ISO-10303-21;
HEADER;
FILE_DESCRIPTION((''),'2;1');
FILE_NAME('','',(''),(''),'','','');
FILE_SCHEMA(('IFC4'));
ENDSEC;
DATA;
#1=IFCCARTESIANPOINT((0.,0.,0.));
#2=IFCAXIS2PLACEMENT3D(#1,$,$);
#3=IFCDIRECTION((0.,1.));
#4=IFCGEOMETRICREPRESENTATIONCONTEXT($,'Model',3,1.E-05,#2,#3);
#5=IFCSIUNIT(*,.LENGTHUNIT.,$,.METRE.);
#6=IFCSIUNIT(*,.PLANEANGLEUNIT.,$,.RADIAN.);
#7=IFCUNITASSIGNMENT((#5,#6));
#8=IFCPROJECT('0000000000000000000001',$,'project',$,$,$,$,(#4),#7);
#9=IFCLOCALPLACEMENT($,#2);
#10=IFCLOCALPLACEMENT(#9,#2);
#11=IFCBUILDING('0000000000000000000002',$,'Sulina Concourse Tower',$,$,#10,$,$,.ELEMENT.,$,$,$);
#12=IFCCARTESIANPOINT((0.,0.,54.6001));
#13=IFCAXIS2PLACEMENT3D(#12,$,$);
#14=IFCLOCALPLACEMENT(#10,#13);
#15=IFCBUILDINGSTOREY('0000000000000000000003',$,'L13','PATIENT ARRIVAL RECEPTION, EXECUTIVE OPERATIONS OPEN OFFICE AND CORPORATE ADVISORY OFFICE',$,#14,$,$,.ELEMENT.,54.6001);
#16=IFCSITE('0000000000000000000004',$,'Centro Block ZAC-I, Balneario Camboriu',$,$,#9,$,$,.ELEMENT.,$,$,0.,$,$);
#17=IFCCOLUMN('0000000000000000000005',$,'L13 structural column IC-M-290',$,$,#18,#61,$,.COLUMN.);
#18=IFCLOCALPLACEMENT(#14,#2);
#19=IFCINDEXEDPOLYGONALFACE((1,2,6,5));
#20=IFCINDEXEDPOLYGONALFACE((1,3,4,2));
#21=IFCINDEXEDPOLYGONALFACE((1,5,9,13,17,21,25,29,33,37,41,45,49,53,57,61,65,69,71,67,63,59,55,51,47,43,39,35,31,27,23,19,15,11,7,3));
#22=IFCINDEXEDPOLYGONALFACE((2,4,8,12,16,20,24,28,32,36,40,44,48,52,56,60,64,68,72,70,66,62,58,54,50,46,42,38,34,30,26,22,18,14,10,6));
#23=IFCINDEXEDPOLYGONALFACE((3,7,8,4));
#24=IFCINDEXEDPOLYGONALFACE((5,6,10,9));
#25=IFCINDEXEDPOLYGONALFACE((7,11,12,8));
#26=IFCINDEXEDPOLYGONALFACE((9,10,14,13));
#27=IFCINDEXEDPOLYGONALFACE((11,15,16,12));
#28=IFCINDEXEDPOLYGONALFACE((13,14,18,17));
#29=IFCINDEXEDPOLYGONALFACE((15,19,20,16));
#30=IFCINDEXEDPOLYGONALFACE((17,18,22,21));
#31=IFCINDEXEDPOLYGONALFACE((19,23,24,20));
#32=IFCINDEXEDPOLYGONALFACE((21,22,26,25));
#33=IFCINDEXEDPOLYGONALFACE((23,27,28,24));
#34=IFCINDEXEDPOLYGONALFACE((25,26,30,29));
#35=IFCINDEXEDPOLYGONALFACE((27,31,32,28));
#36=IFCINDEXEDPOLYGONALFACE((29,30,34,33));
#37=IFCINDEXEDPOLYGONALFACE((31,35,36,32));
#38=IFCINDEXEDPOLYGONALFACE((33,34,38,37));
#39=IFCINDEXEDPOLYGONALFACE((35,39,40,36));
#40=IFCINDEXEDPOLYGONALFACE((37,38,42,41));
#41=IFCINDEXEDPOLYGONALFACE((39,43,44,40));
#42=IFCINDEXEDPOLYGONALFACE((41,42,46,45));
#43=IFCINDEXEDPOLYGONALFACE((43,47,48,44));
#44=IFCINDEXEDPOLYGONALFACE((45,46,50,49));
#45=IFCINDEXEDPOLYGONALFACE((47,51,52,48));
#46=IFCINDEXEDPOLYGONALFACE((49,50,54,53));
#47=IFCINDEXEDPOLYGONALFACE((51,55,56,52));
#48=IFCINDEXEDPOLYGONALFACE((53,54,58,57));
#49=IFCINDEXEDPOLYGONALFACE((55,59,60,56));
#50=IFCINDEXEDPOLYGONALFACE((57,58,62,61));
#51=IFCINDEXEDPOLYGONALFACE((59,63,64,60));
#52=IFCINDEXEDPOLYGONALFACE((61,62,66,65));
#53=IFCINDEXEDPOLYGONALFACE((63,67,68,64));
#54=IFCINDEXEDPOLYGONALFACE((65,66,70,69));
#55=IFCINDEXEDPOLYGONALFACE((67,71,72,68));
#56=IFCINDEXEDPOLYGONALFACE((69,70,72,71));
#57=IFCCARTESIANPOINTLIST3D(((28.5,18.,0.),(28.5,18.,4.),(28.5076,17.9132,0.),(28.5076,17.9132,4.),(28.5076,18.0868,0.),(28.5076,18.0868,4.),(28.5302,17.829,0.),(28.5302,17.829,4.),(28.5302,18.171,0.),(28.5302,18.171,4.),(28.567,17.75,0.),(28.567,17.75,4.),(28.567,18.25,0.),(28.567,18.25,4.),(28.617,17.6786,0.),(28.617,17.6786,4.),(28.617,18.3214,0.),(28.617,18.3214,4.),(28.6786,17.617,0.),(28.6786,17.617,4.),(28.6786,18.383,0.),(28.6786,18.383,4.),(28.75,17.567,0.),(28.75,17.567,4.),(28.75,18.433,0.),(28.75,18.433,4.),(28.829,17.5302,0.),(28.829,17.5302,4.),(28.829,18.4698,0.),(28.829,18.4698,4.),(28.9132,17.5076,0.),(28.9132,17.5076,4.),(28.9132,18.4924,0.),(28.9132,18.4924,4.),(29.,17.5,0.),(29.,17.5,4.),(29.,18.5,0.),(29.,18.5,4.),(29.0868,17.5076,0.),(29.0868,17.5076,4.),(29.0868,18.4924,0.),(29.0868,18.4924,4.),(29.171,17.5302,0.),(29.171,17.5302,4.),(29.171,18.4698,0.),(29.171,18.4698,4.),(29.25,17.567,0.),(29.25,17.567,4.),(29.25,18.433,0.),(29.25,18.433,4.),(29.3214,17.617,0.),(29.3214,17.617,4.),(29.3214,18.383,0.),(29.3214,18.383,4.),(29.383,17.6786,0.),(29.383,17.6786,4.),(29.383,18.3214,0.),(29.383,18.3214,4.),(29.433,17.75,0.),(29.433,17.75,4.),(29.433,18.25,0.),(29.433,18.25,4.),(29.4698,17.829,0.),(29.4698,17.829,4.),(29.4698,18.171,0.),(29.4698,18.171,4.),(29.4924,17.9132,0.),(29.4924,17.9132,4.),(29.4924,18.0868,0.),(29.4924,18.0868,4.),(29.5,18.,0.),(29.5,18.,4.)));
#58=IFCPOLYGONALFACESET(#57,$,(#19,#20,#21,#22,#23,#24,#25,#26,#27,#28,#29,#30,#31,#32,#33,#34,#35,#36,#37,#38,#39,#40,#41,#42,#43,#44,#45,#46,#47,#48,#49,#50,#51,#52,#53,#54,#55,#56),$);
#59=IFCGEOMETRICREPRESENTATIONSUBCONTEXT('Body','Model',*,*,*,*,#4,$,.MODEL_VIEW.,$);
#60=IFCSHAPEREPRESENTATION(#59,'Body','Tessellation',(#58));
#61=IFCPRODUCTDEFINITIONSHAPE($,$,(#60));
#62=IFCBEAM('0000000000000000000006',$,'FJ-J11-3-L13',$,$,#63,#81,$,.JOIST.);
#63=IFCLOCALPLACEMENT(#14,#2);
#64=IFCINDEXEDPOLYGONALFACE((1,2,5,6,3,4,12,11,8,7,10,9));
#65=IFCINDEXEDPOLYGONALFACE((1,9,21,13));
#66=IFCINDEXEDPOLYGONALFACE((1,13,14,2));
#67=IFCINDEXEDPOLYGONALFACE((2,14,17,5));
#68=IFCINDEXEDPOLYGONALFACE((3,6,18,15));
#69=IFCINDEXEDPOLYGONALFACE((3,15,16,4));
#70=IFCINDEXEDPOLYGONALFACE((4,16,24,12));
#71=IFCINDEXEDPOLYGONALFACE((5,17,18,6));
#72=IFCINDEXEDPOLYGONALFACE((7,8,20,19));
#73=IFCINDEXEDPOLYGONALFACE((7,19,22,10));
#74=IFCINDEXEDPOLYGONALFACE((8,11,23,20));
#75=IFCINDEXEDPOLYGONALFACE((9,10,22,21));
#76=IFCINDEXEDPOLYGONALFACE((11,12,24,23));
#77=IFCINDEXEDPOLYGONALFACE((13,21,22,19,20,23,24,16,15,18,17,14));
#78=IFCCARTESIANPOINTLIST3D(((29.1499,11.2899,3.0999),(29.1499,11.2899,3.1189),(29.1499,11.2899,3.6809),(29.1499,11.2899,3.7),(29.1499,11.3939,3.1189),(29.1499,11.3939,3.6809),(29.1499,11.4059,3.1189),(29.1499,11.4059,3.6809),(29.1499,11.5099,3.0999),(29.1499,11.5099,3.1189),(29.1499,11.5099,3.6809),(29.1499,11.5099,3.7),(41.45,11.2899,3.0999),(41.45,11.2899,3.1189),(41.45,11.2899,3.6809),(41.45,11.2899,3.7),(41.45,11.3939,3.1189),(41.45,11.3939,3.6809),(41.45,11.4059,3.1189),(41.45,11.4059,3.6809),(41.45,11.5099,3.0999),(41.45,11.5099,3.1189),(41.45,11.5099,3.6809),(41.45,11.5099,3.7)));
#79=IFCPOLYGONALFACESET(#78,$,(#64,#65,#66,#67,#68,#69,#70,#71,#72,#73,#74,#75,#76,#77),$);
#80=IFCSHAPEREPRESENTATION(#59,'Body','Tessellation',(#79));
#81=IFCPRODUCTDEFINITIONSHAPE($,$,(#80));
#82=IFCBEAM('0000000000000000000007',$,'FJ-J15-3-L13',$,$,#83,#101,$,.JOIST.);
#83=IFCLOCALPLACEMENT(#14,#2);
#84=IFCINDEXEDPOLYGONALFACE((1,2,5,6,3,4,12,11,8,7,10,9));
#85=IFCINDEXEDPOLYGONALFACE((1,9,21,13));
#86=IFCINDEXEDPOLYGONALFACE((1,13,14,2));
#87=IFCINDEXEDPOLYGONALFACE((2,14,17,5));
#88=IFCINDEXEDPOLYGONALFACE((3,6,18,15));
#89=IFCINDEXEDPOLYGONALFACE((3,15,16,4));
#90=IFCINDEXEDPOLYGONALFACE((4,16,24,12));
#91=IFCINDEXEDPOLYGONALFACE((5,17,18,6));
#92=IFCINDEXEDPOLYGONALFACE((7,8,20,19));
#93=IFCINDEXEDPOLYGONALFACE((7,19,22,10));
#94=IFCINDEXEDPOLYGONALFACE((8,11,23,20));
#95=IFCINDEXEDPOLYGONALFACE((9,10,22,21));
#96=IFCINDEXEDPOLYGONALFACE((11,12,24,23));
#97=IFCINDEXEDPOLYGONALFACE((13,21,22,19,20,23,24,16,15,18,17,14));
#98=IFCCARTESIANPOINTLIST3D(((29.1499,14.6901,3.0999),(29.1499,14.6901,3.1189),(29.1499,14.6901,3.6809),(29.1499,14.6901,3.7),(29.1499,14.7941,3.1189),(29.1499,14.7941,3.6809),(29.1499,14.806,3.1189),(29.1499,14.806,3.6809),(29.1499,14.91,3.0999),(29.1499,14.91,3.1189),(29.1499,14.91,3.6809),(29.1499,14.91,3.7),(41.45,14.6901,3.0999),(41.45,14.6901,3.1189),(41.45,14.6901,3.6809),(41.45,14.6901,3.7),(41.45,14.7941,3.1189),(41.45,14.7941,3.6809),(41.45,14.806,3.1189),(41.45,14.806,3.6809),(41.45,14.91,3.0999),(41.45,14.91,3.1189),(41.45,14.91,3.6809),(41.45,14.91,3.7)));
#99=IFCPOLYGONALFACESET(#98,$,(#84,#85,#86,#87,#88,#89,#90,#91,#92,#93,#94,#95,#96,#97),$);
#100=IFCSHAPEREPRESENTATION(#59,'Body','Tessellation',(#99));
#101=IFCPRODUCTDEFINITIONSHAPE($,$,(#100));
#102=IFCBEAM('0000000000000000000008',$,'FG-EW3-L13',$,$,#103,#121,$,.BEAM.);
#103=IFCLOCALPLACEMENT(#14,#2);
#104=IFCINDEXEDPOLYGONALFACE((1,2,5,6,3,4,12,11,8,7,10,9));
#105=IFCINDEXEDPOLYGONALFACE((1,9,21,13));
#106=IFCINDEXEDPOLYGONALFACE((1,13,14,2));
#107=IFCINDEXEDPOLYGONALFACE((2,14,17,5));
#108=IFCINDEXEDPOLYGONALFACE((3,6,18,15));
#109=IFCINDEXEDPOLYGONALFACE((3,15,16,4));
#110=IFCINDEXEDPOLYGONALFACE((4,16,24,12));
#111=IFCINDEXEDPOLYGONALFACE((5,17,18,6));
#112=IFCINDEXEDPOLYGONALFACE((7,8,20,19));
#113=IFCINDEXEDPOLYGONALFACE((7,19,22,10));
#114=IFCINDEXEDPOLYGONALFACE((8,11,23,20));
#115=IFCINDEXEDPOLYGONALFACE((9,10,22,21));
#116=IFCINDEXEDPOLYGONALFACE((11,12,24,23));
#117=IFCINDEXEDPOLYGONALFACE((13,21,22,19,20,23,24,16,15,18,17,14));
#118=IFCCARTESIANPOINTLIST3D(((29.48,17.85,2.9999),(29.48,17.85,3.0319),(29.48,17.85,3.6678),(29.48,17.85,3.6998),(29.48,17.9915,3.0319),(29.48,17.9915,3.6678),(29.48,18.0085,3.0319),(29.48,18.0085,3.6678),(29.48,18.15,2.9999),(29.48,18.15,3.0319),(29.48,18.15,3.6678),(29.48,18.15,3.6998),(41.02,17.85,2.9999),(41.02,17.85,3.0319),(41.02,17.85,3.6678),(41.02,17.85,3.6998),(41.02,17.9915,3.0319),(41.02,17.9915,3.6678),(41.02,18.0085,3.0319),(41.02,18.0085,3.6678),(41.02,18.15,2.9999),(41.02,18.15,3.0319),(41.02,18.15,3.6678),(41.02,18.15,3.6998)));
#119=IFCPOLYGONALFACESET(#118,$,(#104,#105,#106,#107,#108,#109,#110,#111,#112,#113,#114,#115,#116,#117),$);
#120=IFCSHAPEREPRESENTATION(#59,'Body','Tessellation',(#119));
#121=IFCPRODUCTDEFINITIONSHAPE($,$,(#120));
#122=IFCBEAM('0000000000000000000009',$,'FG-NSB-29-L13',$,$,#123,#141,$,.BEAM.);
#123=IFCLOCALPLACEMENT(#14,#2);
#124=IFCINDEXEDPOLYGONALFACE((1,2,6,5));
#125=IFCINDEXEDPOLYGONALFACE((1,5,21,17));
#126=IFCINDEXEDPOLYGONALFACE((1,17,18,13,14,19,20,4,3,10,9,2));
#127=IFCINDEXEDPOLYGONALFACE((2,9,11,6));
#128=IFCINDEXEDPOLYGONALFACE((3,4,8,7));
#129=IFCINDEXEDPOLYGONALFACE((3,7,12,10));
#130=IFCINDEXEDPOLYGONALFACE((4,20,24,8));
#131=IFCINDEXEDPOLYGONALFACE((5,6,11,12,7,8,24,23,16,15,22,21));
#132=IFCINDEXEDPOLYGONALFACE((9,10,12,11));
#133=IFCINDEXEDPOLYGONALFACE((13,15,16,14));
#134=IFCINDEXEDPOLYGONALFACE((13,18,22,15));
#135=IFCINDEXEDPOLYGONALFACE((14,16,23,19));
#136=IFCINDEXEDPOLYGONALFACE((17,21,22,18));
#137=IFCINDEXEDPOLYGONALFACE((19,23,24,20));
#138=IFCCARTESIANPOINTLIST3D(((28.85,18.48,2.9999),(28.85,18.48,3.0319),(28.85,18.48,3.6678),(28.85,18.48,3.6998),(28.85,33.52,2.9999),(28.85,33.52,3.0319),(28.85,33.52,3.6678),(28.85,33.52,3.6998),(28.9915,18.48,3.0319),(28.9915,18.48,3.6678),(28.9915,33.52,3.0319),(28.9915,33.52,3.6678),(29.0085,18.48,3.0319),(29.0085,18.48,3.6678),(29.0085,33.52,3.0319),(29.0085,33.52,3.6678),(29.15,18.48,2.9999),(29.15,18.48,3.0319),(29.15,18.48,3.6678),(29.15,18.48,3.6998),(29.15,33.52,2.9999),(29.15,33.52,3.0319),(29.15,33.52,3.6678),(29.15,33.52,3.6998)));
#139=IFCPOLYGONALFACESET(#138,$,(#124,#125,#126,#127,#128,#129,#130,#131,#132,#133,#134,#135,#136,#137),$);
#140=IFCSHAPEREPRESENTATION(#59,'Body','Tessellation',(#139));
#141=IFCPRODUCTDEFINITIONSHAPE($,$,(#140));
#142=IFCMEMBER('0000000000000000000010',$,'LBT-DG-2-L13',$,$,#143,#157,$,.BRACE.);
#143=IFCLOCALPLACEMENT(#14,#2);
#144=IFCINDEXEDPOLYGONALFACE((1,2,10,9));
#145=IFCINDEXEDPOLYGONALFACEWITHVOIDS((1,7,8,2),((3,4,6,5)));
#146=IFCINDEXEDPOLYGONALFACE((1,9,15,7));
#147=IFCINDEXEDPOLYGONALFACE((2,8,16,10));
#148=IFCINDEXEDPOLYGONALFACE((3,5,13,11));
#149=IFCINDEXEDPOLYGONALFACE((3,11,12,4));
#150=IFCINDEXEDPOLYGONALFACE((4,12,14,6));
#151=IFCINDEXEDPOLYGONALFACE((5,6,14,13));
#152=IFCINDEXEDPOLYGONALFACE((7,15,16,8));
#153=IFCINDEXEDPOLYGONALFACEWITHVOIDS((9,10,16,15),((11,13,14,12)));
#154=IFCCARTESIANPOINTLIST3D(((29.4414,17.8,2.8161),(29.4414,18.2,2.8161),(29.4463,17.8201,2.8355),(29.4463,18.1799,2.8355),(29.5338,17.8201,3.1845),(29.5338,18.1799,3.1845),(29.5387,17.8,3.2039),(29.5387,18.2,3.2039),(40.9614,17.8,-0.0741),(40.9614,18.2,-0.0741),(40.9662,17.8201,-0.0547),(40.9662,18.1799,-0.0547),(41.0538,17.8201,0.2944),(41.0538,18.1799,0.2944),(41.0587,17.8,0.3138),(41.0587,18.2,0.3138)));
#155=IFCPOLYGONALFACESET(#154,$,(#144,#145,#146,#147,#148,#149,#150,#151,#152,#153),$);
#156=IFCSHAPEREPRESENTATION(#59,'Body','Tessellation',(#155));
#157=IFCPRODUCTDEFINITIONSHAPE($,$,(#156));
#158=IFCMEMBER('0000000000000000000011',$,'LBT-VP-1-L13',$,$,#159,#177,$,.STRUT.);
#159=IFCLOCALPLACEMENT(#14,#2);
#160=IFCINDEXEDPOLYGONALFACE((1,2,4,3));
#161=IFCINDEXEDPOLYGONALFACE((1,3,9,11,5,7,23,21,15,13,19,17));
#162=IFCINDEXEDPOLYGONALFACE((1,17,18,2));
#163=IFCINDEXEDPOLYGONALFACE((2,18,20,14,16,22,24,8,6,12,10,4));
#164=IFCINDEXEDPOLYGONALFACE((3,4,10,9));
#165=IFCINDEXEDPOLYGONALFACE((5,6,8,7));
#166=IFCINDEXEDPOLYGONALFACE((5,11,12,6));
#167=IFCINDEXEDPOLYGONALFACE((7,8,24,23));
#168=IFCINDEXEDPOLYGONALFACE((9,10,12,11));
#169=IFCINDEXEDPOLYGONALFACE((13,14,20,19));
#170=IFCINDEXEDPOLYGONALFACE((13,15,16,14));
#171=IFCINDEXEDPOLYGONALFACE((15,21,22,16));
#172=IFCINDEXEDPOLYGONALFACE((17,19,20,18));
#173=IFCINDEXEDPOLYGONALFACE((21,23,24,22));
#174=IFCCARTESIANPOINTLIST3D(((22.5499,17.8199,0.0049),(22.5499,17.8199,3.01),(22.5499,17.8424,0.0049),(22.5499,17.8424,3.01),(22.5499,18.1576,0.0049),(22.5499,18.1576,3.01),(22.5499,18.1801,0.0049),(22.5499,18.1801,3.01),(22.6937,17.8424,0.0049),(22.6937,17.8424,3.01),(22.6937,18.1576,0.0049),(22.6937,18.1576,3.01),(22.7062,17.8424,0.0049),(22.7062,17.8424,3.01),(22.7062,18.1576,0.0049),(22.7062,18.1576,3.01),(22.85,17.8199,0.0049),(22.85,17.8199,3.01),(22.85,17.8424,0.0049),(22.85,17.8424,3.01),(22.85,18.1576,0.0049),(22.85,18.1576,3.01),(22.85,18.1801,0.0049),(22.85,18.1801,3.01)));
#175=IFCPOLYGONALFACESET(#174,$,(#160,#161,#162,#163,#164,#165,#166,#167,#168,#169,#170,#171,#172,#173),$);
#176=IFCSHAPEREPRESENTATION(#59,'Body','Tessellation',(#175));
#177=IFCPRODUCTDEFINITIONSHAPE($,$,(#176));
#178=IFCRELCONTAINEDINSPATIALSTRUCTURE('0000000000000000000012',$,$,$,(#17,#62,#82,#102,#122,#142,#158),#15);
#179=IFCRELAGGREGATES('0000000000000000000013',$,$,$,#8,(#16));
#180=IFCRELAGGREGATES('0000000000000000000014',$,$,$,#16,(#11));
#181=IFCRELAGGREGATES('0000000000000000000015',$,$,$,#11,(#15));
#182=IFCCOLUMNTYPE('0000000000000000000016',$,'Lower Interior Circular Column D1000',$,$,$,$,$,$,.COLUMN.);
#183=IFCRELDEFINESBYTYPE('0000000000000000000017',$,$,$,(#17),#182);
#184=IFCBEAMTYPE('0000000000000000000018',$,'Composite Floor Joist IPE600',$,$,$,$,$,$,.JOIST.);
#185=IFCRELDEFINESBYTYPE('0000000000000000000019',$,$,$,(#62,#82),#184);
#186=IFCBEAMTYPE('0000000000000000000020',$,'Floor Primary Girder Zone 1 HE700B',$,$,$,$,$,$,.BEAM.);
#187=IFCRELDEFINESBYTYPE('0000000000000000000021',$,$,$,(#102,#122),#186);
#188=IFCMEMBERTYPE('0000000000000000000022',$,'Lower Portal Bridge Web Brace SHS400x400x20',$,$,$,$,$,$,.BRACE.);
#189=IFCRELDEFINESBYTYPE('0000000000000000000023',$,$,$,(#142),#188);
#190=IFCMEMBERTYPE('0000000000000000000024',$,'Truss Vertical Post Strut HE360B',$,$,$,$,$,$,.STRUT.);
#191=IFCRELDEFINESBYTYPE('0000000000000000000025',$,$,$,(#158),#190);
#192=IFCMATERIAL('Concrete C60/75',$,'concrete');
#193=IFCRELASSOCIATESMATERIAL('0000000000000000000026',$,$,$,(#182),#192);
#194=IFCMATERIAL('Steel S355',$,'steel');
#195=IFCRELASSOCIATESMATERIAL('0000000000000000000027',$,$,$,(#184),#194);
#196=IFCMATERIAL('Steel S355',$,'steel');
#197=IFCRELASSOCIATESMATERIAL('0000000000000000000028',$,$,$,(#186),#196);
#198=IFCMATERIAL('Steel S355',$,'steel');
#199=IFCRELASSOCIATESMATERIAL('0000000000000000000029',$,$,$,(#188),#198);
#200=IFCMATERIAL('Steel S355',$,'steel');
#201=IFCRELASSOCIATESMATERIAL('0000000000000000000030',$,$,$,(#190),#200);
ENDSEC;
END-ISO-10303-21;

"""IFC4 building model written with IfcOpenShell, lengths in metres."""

from ifc_helpers import new_model, si_unit, direction, frame, origin, origin_2d, place, context, subcontext, project, spatial, hollow_rectangle, circle, i_section, extrude, material, material_profile, profile_set, type_object, element, save


model = new_model("IFC4")

# Units and contexts
model_context = context("Model", 3, precision=1e-05, world=origin(), true_north=direction((0.0, 1.0)))
body_context = subcontext(model_context, "Body", "Model", "MODEL_VIEW")
ifc_project = project(units=[si_unit("LENGTHUNIT", "METRE"), si_unit("PLANEANGLEUNIT", "RADIAN")], contexts=[model_context])

# Site, building, storey
site_placement = place(None, origin())
site = spatial("IfcSite", under=ifc_project, at=site_placement, Name="Centro Block ZAC-I, Balneario Camboriu", CompositionType="ELEMENT", RefElevation=0.0)
building_placement = place(site_placement, origin())
building = spatial("IfcBuilding", under=site, at=building_placement, Name="Sulina Concourse Tower", CompositionType="ELEMENT")
storey_placement = place(building_placement, frame((0.0, 0.0, 54.6001)))
storey = spatial("IfcBuildingStorey", under=building, at=storey_placement, Name="L13", Description="PATIENT ARRIVAL RECEPTION, EXECUTIVE OPERATIONS OPEN OFFICE AND CORPORATE ADVISORY OFFICE", CompositionType="ELEMENT", Elevation=54.6001)

# Column
ifc_material_1 = material(Name="Concrete C60/75", Category="concrete")
ifc_material_profile_1 = material_profile(ifc_material_1, circle(Radius=0.5, at=origin_2d()), Name="RC D1000")
ifc_profile_set_1 = profile_set([ifc_material_profile_1], Name="Concrete C60/75")
column_type = type_object("IfcColumnType", Name="Lower Interior Circular Column D1000", PredefinedType="COLUMN", material=ifc_profile_set_1)
column_placement = place(storey_placement, frame((29.0, 18.0, 0.0), z_axis=(0.0, 0.0, 1.0), x_axis=(1.0, 0.0, 0.0)))
element("IfcColumn", 1, at=column_placement, inside=storey, type_object=column_type, Name="L13 structural column IC-M-290", PredefinedType="COLUMN", context=body_context, shape_type="SweptSolid", body=[
    extrude(circle(Radius=0.5, at=origin_2d()), origin(), (0.0, 0.0, 1.0), 4.0),
])

# Beams
ifc_material_2 = material(Name="Steel S355", Category="steel")
ifc_material_profile_2 = material_profile(ifc_material_2, i_section(OverallWidth=0.22, OverallDepth=0.6001, WebThickness=0.012, FlangeThickness=0.019, at=origin_2d()), Name="IPE 600")
ifc_profile_set_2 = profile_set([ifc_material_profile_2], Name="Steel S355")
beam_type_1 = type_object("IfcBeamType", Name="Composite Floor Joist IPE600", PredefinedType="JOIST", material=ifc_profile_set_2)
for number, where, z_axis, x_axis, name in (
    (2, (29.1499, 11.3999, 3.3999), (1.0, 0.0, 0.0), (0.0, 1.0, 0.0), "FJ-J11-3-L13"),
    (3, (29.1499, 14.8, 3.3999), (1.0, 0.0, 0.0), (0.0, 1.0, 0.0), "FJ-J15-3-L13"),
):
    element("IfcBeam", number, at=place(storey_placement, frame(where, z_axis=z_axis, x_axis=x_axis)), inside=storey, type_object=beam_type_1, Name=name, PredefinedType="JOIST", context=body_context, shape_type="SweptSolid", body=[
        extrude(i_section(OverallWidth=0.22, OverallDepth=0.6001, WebThickness=0.012, FlangeThickness=0.019, at=origin_2d()), origin(), (0.0, 0.0, 1.0), 12.3),
    ])
ifc_material_3 = material(Name="Steel S355", Category="steel")
ifc_material_profile_3 = material_profile(ifc_material_3, i_section(OverallWidth=0.3, OverallDepth=0.7, WebThickness=0.0171, FlangeThickness=0.032, at=origin_2d()), Name="HE 700 B")
ifc_profile_set_3 = profile_set([ifc_material_profile_3], Name="Steel S355")
beam_type_2 = type_object("IfcBeamType", Name="Floor Primary Girder Zone 1 HE700B", PredefinedType="BEAM", material=ifc_profile_set_3)
beam_1_placement = place(storey_placement, frame((29.48, 18.0, 3.3499), z_axis=(1.0, 0.0, 0.0), x_axis=(0.0, 1.0, 0.0)))
element("IfcBeam", 4, at=beam_1_placement, inside=storey, type_object=beam_type_2, Name="FG-EW3-L13", PredefinedType="BEAM", context=body_context, shape_type="SweptSolid", body=[
    extrude(i_section(OverallWidth=0.3, OverallDepth=0.7, WebThickness=0.0171, FlangeThickness=0.032, at=origin_2d()), origin(), (0.0, 0.0, 1.0), 11.54),
])
beam_2_placement = place(storey_placement, frame((29.0, 18.48, 3.3499), z_axis=(0.0, 1.0, 0.0), x_axis=(-1.0, 0.0, 0.0)))
element("IfcBeam", 5, at=beam_2_placement, inside=storey, type_object=beam_type_2, Name="FG-NSB-29-L13", PredefinedType="BEAM", context=body_context, shape_type="SweptSolid", body=[
    extrude(i_section(OverallWidth=0.3, OverallDepth=0.7, WebThickness=0.0171, FlangeThickness=0.032, at=origin_2d()), origin(), (0.0, 0.0, 1.0), 15.04),
])

# Members
ifc_material_4 = material(Name="Steel S355", Category="steel")
ifc_material_profile_4 = material_profile(ifc_material_4, hollow_rectangle(XDim=0.3999, YDim=0.3999, WallThickness=0.02, at=origin_2d()), Name="SHS 400x400x20")
ifc_profile_set_4 = profile_set([ifc_material_profile_4], Name="Steel S355")
member_type_1 = type_object("IfcMemberType", Name="Lower Portal Bridge Web Brace SHS400x400x20", PredefinedType="BRACE", material=ifc_profile_set_4)
member_placement = place(storey_placement, frame((41.01, 18.0, 0.1199), z_axis=(-0.969941, 0.0, 0.243338), x_axis=(0.0, -1.0, 0.0)))
element("IfcMember", 6, at=member_placement, inside=storey, type_object=member_type_1, Name="LBT-DG-2-L13", PredefinedType="BRACE", context=body_context, shape_type="SweptSolid", body=[
    extrude(hollow_rectangle(XDim=0.3999, YDim=0.3999, WallThickness=0.02, at=origin_2d()), origin(), (0.0, 0.0, 1.0), 11.877),
])
ifc_material_5 = material(Name="Steel S355", Category="steel")
ifc_material_profile_5 = material_profile(ifc_material_5, i_section(OverallWidth=0.3, OverallDepth=0.3601, WebThickness=0.0125, FlangeThickness=0.0225, at=origin_2d()), Name="HE 360 B")
ifc_profile_set_5 = profile_set([ifc_material_profile_5], Name="Steel S355")
member_type_2 = type_object("IfcMemberType", Name="Truss Vertical Post Strut HE360B", PredefinedType="STRUT", material=ifc_profile_set_5)
for number, where, z_axis, x_axis, name in (
    (7, (22.7, 18.0, 0.0049), (0.0, 0.0, 1.0), (1.0, 0.0, 0.0), "LBT-VP-1-L13"),
):
    element("IfcMember", number, at=place(storey_placement, frame(where, z_axis=z_axis, x_axis=x_axis)), inside=storey, type_object=member_type_2, Name=name, PredefinedType="STRUT", context=body_context, shape_type="SweptSolid", body=[
        extrude(i_section(OverallWidth=0.3, OverallDepth=0.3601, WebThickness=0.0125, FlangeThickness=0.0225, at=origin_2d()), origin(), (0.0, 0.0, 1.0), 3.0051),
    ])

save(model, "model.ifc")
